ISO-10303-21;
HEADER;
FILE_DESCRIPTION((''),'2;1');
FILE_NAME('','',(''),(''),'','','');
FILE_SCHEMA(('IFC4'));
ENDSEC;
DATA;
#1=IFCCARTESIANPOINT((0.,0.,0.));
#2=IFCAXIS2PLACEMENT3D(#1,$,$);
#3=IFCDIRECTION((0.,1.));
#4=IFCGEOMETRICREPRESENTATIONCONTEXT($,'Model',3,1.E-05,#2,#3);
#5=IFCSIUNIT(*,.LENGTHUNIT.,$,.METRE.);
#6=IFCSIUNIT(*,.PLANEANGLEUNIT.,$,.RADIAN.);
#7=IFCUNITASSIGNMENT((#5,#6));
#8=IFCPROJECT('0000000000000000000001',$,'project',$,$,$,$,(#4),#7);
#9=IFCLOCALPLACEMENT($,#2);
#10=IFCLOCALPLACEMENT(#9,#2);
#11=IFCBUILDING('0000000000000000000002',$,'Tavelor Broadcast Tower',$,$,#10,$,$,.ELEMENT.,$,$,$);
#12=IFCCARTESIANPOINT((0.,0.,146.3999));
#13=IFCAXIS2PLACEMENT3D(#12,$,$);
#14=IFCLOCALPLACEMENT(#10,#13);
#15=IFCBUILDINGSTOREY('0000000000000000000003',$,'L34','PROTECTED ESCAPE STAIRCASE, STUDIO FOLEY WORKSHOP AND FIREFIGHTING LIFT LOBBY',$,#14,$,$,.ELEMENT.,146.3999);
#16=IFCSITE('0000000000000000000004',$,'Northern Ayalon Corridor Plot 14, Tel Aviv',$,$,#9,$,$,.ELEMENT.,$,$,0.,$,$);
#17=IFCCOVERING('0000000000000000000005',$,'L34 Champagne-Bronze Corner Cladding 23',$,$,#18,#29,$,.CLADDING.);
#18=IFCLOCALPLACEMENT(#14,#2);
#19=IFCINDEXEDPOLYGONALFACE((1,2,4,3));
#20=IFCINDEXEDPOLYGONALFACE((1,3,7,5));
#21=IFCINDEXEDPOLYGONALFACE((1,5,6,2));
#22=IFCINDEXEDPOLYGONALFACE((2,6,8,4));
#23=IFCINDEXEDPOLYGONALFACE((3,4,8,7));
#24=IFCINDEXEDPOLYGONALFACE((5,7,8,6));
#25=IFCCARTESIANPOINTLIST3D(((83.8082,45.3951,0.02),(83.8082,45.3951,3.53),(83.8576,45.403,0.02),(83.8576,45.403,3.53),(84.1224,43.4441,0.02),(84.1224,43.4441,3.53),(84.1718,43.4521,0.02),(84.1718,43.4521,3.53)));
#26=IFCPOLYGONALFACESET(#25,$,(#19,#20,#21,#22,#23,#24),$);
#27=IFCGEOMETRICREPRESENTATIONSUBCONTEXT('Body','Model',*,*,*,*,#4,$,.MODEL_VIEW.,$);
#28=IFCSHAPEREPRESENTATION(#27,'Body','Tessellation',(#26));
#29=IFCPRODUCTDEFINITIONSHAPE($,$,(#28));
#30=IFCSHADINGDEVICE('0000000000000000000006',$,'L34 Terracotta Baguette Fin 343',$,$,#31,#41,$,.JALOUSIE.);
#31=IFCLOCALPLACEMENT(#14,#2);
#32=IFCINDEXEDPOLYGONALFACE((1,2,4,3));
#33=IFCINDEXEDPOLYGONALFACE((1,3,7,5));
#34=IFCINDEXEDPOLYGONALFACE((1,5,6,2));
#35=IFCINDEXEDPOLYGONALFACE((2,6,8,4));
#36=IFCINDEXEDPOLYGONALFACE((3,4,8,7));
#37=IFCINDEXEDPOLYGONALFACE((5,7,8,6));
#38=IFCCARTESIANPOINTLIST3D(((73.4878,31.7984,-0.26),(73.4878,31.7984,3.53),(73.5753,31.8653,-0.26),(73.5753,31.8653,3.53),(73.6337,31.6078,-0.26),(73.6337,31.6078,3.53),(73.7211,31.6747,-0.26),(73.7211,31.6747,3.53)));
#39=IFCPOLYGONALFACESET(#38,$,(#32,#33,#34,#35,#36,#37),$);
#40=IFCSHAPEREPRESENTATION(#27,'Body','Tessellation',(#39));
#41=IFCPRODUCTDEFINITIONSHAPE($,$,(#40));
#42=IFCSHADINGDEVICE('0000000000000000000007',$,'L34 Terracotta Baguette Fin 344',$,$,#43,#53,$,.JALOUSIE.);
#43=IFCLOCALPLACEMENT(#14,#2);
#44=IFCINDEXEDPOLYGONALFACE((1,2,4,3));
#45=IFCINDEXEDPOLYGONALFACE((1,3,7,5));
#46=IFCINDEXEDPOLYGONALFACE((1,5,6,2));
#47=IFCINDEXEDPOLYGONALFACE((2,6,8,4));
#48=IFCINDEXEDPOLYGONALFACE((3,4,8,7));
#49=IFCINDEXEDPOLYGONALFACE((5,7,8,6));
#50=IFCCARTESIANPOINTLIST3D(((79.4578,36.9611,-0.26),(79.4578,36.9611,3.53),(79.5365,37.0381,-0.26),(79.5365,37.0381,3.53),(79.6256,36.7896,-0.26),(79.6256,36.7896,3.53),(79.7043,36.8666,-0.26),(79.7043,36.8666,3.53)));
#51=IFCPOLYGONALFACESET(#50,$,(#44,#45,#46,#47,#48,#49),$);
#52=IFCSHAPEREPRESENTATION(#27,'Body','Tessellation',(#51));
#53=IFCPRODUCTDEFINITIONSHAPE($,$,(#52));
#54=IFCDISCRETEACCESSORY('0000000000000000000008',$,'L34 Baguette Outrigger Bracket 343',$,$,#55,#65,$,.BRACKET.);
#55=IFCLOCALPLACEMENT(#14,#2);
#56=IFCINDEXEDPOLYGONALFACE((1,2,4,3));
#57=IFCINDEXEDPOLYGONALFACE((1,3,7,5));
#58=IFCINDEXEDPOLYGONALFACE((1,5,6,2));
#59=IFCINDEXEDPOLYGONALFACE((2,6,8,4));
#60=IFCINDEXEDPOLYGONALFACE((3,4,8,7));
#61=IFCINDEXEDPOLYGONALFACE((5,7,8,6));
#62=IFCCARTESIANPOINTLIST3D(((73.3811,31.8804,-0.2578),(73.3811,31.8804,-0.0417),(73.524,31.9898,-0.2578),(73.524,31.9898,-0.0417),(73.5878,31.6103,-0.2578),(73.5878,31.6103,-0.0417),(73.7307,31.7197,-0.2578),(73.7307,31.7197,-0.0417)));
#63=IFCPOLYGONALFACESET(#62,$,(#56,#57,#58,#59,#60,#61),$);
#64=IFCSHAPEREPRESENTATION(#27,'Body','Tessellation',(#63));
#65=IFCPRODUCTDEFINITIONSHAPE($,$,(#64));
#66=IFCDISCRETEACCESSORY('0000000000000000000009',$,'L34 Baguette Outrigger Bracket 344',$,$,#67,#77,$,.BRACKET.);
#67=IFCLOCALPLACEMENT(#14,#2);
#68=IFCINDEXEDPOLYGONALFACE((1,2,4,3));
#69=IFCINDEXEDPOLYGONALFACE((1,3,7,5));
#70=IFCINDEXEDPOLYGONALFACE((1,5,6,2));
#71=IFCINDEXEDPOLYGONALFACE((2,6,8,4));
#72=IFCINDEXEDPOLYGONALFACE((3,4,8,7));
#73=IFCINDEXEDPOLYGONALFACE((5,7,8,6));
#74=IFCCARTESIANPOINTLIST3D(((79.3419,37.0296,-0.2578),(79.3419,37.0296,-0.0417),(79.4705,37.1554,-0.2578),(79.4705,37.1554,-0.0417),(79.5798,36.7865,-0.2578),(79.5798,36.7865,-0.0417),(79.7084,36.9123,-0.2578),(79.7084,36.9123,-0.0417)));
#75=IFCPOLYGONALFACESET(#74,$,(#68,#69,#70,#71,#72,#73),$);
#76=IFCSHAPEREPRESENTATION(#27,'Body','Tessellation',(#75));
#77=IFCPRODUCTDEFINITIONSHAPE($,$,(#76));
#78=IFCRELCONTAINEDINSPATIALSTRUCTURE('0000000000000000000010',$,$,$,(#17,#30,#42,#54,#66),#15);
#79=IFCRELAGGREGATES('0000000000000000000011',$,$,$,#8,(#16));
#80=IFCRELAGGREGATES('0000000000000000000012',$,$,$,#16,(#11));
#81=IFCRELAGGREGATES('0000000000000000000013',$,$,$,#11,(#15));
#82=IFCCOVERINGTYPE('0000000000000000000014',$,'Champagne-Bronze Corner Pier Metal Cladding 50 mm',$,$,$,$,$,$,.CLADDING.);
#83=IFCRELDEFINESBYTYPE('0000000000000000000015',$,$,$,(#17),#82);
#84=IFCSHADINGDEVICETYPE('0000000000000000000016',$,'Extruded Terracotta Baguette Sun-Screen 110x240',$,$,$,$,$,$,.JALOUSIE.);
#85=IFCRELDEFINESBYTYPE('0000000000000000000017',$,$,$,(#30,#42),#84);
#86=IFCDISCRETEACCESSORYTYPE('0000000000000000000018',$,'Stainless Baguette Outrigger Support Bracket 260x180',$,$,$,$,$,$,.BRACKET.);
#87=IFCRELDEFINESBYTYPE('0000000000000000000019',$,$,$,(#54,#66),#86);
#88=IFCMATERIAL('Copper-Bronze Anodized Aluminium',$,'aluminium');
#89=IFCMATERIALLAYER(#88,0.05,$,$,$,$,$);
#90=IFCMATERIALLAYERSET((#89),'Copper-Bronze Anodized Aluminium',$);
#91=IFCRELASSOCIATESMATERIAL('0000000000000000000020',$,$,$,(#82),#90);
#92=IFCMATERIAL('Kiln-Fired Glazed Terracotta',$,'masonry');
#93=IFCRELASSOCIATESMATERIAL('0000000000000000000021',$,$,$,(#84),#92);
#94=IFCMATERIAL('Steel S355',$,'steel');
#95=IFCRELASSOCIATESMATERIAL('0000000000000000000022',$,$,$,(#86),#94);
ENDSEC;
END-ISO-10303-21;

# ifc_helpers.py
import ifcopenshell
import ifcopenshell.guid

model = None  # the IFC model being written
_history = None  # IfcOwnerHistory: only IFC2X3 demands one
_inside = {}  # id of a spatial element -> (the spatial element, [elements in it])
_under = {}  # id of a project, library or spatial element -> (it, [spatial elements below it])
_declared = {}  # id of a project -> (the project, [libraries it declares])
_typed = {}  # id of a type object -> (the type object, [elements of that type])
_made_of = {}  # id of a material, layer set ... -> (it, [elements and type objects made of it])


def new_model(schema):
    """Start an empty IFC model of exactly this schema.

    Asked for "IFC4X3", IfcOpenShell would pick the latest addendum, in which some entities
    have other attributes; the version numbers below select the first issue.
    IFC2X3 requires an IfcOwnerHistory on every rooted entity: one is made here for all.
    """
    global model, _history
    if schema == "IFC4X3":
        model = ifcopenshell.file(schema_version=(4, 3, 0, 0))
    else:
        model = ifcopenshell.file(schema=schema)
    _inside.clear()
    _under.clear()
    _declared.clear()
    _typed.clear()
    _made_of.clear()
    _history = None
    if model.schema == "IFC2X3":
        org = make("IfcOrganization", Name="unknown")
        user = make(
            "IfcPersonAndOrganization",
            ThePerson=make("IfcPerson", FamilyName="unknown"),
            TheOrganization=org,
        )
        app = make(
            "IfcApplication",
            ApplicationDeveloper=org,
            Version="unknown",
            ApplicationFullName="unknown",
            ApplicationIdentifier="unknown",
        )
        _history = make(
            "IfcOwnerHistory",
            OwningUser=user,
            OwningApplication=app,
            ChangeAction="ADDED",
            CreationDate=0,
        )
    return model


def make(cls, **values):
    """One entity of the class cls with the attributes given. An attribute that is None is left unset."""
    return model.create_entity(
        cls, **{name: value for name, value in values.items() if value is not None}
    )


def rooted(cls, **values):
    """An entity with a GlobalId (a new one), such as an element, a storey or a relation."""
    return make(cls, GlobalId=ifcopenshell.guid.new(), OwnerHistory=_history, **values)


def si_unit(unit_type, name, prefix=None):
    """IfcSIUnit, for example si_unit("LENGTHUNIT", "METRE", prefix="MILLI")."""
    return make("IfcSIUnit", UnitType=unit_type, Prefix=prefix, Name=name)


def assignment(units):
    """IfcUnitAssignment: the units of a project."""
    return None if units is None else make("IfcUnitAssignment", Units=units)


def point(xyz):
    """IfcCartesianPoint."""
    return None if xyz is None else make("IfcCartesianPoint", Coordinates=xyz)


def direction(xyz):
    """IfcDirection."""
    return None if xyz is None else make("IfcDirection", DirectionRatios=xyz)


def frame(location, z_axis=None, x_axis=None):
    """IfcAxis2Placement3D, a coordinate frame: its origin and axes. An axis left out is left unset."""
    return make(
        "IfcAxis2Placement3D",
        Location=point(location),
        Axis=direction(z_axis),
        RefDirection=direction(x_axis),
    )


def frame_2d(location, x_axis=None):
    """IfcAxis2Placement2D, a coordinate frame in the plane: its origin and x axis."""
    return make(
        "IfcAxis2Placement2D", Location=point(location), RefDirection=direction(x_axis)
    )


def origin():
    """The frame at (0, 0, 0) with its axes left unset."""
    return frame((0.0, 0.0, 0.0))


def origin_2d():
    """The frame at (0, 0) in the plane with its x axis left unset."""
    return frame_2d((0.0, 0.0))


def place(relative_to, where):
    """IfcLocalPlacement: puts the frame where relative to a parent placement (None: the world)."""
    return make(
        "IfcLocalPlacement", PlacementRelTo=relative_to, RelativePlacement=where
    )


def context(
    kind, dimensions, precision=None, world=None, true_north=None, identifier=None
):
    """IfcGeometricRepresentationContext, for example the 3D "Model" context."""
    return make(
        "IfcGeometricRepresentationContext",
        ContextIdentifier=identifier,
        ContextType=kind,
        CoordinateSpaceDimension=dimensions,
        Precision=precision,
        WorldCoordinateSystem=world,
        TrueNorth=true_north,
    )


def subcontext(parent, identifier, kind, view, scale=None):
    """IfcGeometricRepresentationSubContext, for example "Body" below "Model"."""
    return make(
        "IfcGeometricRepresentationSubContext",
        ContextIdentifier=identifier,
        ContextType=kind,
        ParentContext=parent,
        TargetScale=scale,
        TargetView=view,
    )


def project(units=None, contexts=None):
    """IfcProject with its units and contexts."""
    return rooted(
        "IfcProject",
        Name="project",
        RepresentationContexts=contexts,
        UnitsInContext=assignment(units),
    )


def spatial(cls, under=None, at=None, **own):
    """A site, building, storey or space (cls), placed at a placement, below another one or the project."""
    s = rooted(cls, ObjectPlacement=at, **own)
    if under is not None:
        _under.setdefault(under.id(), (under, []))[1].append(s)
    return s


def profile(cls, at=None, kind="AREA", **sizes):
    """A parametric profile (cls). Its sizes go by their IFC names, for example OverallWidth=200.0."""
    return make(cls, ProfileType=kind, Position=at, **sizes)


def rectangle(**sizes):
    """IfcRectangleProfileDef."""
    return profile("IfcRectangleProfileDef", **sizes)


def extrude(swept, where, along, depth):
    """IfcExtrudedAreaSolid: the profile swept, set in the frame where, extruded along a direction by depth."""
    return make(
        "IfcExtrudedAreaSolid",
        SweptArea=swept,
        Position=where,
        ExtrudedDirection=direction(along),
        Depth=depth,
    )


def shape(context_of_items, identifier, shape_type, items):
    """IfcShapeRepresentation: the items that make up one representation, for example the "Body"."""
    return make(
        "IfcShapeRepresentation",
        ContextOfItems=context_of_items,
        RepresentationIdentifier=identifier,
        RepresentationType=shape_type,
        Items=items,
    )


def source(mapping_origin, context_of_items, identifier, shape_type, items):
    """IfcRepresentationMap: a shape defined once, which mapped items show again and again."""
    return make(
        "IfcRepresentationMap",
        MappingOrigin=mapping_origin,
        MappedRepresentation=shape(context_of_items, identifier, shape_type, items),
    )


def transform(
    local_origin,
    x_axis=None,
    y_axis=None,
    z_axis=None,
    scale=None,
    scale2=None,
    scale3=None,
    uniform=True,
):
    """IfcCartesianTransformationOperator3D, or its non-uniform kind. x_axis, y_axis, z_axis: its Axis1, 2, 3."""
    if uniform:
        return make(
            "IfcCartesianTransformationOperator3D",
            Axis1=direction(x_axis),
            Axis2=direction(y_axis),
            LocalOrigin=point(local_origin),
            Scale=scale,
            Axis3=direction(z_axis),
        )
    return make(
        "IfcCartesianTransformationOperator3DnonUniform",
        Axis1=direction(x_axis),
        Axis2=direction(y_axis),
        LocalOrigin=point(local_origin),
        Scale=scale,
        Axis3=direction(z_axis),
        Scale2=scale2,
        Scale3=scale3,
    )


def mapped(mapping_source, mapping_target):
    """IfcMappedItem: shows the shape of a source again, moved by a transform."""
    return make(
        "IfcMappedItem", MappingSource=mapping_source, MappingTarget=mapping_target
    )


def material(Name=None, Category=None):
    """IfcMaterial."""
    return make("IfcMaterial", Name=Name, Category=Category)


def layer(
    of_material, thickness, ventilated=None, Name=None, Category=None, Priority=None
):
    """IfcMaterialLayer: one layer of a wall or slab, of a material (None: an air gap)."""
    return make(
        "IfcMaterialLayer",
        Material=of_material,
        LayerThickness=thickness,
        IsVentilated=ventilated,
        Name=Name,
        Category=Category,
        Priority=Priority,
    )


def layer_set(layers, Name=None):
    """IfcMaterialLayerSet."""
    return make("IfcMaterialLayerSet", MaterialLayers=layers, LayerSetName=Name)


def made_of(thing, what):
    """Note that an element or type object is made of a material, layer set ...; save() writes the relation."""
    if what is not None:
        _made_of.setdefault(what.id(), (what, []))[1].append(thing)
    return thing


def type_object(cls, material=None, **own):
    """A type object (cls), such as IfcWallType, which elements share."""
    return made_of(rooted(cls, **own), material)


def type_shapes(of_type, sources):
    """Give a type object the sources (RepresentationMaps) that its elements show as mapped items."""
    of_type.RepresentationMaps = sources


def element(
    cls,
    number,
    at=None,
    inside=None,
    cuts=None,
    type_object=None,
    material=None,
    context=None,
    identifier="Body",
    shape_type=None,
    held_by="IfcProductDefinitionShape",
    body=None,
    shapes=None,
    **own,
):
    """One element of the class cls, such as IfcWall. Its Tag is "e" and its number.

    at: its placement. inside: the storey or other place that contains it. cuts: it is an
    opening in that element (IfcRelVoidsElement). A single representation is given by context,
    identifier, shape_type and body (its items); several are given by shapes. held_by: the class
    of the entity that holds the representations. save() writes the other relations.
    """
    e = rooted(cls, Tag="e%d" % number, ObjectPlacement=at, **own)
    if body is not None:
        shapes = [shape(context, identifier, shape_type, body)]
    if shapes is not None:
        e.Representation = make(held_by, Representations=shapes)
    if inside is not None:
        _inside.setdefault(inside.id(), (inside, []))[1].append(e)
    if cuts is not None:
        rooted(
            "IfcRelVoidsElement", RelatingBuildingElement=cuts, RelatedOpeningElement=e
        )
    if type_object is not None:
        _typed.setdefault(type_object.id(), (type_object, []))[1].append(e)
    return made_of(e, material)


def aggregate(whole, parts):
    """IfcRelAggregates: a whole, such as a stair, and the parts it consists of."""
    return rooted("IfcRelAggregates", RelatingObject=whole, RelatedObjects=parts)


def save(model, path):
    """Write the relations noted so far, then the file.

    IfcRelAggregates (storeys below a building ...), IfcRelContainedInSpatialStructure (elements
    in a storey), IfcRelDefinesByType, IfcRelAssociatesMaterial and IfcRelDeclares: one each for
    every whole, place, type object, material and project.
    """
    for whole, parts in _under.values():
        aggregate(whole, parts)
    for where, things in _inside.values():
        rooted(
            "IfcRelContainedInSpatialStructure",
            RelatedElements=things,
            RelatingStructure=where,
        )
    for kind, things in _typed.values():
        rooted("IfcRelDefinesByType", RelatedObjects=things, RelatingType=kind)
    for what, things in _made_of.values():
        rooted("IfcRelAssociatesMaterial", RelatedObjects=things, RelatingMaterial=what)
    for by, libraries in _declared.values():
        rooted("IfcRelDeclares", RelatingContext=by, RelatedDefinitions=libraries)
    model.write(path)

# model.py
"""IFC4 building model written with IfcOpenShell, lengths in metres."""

from ifc_helpers import new_model, si_unit, direction, frame, origin, origin_2d, place, context, subcontext, project, spatial, rectangle, extrude, source, transform, mapped, material, layer, layer_set, type_object, type_shapes, element, save


model = new_model("IFC4")

# Units and contexts
model_context = context("Model", 3, precision=1e-05, world=origin(), true_north=direction((0.0, 1.0)))
body_context = subcontext(model_context, "Body", "Model", "MODEL_VIEW")
ifc_project = project(units=[si_unit("LENGTHUNIT", "METRE"), si_unit("PLANEANGLEUNIT", "RADIAN")], contexts=[model_context])

# Site, building, storey
site_placement = place(None, origin())
site = spatial("IfcSite", under=ifc_project, at=site_placement, Name="Northern Ayalon Corridor Plot 14, Tel Aviv", CompositionType="ELEMENT", RefElevation=0.0)
building_placement = place(site_placement, origin())
building = spatial("IfcBuilding", under=site, at=building_placement, Name="Tavelor Broadcast Tower", CompositionType="ELEMENT")
storey_placement = place(building_placement, frame((0.0, 0.0, 146.3999)))
storey = spatial("IfcBuildingStorey", under=building, at=storey_placement, Name="L34", Description="PROTECTED ESCAPE STAIRCASE, STUDIO FOLEY WORKSHOP AND FIREFIGHTING LIFT LOBBY", CompositionType="ELEMENT", Elevation=146.3999)

# Shared definitions
ifc_material_1 = material(Name="Steel S355", Category="steel")

# Covering
ifc_material_2 = material(Name="Copper-Bronze Anodized Aluminium", Category="aluminium")
ifc_layer_1 = layer(ifc_material_2, 0.05)
ifc_layer_set_1 = layer_set([ifc_layer_1], Name="Copper-Bronze Anodized Aluminium")
covering_type = type_object("IfcCoveringType", Name="Champagne-Bronze Corner Pier Metal Cladding 50 mm", PredefinedType="CLADDING", material=ifc_layer_set_1)
covering_placement = place(storey_placement, frame((83.99, 44.4236, 0.02), z_axis=(0.0, 0.0, 1.0), x_axis=(-0.15902, 0.987275, 0.0)))
element("IfcCovering", 1, at=covering_placement, inside=storey, type_object=covering_type, Name="L34 Champagne-Bronze Corner Cladding 23", PredefinedType="CLADDING", context=body_context, shape_type="SweptSolid", body=[
    extrude(rectangle(XDim=1.9761, YDim=0.05, at=origin_2d()), origin(), (0.0, 0.0, 1.0), 3.51),
])

# Shading devices
ifc_material_3 = material(Name="Kiln-Fired Glazed Terracotta", Category="masonry")
shading_device_type = type_object("IfcShadingDeviceType", Name="Extruded Terracotta Baguette Sun-Screen 110x240", PredefinedType="JALOUSIE", material=ifc_material_3)
shared_shape_1 = source(origin(), body_context, "Body", "SweptSolid", [
    extrude(rectangle(XDim=0.1101, YDim=0.24, at=origin_2d()), origin(), (0.0, 0.0, 1.0), 3.79),
])
type_shapes(shading_device_type, [shared_shape_1])
for number, where, z_axis, x_axis, name in (
    (2, (73.6045, 31.7366, -0.26), (0.0, 0.0, 1.0), (0.794096, 0.607792, 0.0), "L34 Terracotta Baguette Fin 343"),
    (3, (79.5811, 36.9138, -0.26), (0.0, 0.0, 1.0), (0.714717, 0.699414, 0.0), "L34 Terracotta Baguette Fin 344"),
):
    element("IfcShadingDevice", number, at=place(storey_placement, frame(where, z_axis=z_axis, x_axis=x_axis)), inside=storey, type_object=shading_device_type, Name=name, PredefinedType="JALOUSIE", context=body_context, shape_type="MappedRepresentation", body=[
        mapped(shared_shape_1, transform((0.0, 0.0, 0.0), scale=1.0)),
    ])

# Discrete accessories
discrete_accessory_type = type_object("IfcDiscreteAccessoryType", Name="Stainless Baguette Outrigger Support Bracket 260x180", PredefinedType="BRACKET", material=ifc_material_1)
shared_shape_2 = source(origin(), body_context, "Body", "SweptSolid", [
    extrude(rectangle(XDim=0.1799, YDim=0.3401, at=origin_2d()), origin(), (0.0, 0.0, 1.0), 0.2161),
])
type_shapes(discrete_accessory_type, [shared_shape_2])
for number, where, z_axis, x_axis, name in (
    (4, (73.5559, 31.8, -0.2578), (0.0, 0.0, 1.0), (0.794096, 0.607792, 0.0), "L34 Baguette Outrigger Bracket 343"),
    (5, (79.5251, 36.9709, -0.2578), (0.0, 0.0, 1.0), (0.714717, 0.699414, 0.0), "L34 Baguette Outrigger Bracket 344"),
):
    element("IfcDiscreteAccessory", number, at=place(storey_placement, frame(where, z_axis=z_axis, x_axis=x_axis)), inside=storey, type_object=discrete_accessory_type, Name=name, PredefinedType="BRACKET", context=body_context, shape_type="MappedRepresentation", body=[
        mapped(shared_shape_2, transform((0.0, 0.0, 0.0), scale=1.0)),
    ])

save(model, "model.ifc")
